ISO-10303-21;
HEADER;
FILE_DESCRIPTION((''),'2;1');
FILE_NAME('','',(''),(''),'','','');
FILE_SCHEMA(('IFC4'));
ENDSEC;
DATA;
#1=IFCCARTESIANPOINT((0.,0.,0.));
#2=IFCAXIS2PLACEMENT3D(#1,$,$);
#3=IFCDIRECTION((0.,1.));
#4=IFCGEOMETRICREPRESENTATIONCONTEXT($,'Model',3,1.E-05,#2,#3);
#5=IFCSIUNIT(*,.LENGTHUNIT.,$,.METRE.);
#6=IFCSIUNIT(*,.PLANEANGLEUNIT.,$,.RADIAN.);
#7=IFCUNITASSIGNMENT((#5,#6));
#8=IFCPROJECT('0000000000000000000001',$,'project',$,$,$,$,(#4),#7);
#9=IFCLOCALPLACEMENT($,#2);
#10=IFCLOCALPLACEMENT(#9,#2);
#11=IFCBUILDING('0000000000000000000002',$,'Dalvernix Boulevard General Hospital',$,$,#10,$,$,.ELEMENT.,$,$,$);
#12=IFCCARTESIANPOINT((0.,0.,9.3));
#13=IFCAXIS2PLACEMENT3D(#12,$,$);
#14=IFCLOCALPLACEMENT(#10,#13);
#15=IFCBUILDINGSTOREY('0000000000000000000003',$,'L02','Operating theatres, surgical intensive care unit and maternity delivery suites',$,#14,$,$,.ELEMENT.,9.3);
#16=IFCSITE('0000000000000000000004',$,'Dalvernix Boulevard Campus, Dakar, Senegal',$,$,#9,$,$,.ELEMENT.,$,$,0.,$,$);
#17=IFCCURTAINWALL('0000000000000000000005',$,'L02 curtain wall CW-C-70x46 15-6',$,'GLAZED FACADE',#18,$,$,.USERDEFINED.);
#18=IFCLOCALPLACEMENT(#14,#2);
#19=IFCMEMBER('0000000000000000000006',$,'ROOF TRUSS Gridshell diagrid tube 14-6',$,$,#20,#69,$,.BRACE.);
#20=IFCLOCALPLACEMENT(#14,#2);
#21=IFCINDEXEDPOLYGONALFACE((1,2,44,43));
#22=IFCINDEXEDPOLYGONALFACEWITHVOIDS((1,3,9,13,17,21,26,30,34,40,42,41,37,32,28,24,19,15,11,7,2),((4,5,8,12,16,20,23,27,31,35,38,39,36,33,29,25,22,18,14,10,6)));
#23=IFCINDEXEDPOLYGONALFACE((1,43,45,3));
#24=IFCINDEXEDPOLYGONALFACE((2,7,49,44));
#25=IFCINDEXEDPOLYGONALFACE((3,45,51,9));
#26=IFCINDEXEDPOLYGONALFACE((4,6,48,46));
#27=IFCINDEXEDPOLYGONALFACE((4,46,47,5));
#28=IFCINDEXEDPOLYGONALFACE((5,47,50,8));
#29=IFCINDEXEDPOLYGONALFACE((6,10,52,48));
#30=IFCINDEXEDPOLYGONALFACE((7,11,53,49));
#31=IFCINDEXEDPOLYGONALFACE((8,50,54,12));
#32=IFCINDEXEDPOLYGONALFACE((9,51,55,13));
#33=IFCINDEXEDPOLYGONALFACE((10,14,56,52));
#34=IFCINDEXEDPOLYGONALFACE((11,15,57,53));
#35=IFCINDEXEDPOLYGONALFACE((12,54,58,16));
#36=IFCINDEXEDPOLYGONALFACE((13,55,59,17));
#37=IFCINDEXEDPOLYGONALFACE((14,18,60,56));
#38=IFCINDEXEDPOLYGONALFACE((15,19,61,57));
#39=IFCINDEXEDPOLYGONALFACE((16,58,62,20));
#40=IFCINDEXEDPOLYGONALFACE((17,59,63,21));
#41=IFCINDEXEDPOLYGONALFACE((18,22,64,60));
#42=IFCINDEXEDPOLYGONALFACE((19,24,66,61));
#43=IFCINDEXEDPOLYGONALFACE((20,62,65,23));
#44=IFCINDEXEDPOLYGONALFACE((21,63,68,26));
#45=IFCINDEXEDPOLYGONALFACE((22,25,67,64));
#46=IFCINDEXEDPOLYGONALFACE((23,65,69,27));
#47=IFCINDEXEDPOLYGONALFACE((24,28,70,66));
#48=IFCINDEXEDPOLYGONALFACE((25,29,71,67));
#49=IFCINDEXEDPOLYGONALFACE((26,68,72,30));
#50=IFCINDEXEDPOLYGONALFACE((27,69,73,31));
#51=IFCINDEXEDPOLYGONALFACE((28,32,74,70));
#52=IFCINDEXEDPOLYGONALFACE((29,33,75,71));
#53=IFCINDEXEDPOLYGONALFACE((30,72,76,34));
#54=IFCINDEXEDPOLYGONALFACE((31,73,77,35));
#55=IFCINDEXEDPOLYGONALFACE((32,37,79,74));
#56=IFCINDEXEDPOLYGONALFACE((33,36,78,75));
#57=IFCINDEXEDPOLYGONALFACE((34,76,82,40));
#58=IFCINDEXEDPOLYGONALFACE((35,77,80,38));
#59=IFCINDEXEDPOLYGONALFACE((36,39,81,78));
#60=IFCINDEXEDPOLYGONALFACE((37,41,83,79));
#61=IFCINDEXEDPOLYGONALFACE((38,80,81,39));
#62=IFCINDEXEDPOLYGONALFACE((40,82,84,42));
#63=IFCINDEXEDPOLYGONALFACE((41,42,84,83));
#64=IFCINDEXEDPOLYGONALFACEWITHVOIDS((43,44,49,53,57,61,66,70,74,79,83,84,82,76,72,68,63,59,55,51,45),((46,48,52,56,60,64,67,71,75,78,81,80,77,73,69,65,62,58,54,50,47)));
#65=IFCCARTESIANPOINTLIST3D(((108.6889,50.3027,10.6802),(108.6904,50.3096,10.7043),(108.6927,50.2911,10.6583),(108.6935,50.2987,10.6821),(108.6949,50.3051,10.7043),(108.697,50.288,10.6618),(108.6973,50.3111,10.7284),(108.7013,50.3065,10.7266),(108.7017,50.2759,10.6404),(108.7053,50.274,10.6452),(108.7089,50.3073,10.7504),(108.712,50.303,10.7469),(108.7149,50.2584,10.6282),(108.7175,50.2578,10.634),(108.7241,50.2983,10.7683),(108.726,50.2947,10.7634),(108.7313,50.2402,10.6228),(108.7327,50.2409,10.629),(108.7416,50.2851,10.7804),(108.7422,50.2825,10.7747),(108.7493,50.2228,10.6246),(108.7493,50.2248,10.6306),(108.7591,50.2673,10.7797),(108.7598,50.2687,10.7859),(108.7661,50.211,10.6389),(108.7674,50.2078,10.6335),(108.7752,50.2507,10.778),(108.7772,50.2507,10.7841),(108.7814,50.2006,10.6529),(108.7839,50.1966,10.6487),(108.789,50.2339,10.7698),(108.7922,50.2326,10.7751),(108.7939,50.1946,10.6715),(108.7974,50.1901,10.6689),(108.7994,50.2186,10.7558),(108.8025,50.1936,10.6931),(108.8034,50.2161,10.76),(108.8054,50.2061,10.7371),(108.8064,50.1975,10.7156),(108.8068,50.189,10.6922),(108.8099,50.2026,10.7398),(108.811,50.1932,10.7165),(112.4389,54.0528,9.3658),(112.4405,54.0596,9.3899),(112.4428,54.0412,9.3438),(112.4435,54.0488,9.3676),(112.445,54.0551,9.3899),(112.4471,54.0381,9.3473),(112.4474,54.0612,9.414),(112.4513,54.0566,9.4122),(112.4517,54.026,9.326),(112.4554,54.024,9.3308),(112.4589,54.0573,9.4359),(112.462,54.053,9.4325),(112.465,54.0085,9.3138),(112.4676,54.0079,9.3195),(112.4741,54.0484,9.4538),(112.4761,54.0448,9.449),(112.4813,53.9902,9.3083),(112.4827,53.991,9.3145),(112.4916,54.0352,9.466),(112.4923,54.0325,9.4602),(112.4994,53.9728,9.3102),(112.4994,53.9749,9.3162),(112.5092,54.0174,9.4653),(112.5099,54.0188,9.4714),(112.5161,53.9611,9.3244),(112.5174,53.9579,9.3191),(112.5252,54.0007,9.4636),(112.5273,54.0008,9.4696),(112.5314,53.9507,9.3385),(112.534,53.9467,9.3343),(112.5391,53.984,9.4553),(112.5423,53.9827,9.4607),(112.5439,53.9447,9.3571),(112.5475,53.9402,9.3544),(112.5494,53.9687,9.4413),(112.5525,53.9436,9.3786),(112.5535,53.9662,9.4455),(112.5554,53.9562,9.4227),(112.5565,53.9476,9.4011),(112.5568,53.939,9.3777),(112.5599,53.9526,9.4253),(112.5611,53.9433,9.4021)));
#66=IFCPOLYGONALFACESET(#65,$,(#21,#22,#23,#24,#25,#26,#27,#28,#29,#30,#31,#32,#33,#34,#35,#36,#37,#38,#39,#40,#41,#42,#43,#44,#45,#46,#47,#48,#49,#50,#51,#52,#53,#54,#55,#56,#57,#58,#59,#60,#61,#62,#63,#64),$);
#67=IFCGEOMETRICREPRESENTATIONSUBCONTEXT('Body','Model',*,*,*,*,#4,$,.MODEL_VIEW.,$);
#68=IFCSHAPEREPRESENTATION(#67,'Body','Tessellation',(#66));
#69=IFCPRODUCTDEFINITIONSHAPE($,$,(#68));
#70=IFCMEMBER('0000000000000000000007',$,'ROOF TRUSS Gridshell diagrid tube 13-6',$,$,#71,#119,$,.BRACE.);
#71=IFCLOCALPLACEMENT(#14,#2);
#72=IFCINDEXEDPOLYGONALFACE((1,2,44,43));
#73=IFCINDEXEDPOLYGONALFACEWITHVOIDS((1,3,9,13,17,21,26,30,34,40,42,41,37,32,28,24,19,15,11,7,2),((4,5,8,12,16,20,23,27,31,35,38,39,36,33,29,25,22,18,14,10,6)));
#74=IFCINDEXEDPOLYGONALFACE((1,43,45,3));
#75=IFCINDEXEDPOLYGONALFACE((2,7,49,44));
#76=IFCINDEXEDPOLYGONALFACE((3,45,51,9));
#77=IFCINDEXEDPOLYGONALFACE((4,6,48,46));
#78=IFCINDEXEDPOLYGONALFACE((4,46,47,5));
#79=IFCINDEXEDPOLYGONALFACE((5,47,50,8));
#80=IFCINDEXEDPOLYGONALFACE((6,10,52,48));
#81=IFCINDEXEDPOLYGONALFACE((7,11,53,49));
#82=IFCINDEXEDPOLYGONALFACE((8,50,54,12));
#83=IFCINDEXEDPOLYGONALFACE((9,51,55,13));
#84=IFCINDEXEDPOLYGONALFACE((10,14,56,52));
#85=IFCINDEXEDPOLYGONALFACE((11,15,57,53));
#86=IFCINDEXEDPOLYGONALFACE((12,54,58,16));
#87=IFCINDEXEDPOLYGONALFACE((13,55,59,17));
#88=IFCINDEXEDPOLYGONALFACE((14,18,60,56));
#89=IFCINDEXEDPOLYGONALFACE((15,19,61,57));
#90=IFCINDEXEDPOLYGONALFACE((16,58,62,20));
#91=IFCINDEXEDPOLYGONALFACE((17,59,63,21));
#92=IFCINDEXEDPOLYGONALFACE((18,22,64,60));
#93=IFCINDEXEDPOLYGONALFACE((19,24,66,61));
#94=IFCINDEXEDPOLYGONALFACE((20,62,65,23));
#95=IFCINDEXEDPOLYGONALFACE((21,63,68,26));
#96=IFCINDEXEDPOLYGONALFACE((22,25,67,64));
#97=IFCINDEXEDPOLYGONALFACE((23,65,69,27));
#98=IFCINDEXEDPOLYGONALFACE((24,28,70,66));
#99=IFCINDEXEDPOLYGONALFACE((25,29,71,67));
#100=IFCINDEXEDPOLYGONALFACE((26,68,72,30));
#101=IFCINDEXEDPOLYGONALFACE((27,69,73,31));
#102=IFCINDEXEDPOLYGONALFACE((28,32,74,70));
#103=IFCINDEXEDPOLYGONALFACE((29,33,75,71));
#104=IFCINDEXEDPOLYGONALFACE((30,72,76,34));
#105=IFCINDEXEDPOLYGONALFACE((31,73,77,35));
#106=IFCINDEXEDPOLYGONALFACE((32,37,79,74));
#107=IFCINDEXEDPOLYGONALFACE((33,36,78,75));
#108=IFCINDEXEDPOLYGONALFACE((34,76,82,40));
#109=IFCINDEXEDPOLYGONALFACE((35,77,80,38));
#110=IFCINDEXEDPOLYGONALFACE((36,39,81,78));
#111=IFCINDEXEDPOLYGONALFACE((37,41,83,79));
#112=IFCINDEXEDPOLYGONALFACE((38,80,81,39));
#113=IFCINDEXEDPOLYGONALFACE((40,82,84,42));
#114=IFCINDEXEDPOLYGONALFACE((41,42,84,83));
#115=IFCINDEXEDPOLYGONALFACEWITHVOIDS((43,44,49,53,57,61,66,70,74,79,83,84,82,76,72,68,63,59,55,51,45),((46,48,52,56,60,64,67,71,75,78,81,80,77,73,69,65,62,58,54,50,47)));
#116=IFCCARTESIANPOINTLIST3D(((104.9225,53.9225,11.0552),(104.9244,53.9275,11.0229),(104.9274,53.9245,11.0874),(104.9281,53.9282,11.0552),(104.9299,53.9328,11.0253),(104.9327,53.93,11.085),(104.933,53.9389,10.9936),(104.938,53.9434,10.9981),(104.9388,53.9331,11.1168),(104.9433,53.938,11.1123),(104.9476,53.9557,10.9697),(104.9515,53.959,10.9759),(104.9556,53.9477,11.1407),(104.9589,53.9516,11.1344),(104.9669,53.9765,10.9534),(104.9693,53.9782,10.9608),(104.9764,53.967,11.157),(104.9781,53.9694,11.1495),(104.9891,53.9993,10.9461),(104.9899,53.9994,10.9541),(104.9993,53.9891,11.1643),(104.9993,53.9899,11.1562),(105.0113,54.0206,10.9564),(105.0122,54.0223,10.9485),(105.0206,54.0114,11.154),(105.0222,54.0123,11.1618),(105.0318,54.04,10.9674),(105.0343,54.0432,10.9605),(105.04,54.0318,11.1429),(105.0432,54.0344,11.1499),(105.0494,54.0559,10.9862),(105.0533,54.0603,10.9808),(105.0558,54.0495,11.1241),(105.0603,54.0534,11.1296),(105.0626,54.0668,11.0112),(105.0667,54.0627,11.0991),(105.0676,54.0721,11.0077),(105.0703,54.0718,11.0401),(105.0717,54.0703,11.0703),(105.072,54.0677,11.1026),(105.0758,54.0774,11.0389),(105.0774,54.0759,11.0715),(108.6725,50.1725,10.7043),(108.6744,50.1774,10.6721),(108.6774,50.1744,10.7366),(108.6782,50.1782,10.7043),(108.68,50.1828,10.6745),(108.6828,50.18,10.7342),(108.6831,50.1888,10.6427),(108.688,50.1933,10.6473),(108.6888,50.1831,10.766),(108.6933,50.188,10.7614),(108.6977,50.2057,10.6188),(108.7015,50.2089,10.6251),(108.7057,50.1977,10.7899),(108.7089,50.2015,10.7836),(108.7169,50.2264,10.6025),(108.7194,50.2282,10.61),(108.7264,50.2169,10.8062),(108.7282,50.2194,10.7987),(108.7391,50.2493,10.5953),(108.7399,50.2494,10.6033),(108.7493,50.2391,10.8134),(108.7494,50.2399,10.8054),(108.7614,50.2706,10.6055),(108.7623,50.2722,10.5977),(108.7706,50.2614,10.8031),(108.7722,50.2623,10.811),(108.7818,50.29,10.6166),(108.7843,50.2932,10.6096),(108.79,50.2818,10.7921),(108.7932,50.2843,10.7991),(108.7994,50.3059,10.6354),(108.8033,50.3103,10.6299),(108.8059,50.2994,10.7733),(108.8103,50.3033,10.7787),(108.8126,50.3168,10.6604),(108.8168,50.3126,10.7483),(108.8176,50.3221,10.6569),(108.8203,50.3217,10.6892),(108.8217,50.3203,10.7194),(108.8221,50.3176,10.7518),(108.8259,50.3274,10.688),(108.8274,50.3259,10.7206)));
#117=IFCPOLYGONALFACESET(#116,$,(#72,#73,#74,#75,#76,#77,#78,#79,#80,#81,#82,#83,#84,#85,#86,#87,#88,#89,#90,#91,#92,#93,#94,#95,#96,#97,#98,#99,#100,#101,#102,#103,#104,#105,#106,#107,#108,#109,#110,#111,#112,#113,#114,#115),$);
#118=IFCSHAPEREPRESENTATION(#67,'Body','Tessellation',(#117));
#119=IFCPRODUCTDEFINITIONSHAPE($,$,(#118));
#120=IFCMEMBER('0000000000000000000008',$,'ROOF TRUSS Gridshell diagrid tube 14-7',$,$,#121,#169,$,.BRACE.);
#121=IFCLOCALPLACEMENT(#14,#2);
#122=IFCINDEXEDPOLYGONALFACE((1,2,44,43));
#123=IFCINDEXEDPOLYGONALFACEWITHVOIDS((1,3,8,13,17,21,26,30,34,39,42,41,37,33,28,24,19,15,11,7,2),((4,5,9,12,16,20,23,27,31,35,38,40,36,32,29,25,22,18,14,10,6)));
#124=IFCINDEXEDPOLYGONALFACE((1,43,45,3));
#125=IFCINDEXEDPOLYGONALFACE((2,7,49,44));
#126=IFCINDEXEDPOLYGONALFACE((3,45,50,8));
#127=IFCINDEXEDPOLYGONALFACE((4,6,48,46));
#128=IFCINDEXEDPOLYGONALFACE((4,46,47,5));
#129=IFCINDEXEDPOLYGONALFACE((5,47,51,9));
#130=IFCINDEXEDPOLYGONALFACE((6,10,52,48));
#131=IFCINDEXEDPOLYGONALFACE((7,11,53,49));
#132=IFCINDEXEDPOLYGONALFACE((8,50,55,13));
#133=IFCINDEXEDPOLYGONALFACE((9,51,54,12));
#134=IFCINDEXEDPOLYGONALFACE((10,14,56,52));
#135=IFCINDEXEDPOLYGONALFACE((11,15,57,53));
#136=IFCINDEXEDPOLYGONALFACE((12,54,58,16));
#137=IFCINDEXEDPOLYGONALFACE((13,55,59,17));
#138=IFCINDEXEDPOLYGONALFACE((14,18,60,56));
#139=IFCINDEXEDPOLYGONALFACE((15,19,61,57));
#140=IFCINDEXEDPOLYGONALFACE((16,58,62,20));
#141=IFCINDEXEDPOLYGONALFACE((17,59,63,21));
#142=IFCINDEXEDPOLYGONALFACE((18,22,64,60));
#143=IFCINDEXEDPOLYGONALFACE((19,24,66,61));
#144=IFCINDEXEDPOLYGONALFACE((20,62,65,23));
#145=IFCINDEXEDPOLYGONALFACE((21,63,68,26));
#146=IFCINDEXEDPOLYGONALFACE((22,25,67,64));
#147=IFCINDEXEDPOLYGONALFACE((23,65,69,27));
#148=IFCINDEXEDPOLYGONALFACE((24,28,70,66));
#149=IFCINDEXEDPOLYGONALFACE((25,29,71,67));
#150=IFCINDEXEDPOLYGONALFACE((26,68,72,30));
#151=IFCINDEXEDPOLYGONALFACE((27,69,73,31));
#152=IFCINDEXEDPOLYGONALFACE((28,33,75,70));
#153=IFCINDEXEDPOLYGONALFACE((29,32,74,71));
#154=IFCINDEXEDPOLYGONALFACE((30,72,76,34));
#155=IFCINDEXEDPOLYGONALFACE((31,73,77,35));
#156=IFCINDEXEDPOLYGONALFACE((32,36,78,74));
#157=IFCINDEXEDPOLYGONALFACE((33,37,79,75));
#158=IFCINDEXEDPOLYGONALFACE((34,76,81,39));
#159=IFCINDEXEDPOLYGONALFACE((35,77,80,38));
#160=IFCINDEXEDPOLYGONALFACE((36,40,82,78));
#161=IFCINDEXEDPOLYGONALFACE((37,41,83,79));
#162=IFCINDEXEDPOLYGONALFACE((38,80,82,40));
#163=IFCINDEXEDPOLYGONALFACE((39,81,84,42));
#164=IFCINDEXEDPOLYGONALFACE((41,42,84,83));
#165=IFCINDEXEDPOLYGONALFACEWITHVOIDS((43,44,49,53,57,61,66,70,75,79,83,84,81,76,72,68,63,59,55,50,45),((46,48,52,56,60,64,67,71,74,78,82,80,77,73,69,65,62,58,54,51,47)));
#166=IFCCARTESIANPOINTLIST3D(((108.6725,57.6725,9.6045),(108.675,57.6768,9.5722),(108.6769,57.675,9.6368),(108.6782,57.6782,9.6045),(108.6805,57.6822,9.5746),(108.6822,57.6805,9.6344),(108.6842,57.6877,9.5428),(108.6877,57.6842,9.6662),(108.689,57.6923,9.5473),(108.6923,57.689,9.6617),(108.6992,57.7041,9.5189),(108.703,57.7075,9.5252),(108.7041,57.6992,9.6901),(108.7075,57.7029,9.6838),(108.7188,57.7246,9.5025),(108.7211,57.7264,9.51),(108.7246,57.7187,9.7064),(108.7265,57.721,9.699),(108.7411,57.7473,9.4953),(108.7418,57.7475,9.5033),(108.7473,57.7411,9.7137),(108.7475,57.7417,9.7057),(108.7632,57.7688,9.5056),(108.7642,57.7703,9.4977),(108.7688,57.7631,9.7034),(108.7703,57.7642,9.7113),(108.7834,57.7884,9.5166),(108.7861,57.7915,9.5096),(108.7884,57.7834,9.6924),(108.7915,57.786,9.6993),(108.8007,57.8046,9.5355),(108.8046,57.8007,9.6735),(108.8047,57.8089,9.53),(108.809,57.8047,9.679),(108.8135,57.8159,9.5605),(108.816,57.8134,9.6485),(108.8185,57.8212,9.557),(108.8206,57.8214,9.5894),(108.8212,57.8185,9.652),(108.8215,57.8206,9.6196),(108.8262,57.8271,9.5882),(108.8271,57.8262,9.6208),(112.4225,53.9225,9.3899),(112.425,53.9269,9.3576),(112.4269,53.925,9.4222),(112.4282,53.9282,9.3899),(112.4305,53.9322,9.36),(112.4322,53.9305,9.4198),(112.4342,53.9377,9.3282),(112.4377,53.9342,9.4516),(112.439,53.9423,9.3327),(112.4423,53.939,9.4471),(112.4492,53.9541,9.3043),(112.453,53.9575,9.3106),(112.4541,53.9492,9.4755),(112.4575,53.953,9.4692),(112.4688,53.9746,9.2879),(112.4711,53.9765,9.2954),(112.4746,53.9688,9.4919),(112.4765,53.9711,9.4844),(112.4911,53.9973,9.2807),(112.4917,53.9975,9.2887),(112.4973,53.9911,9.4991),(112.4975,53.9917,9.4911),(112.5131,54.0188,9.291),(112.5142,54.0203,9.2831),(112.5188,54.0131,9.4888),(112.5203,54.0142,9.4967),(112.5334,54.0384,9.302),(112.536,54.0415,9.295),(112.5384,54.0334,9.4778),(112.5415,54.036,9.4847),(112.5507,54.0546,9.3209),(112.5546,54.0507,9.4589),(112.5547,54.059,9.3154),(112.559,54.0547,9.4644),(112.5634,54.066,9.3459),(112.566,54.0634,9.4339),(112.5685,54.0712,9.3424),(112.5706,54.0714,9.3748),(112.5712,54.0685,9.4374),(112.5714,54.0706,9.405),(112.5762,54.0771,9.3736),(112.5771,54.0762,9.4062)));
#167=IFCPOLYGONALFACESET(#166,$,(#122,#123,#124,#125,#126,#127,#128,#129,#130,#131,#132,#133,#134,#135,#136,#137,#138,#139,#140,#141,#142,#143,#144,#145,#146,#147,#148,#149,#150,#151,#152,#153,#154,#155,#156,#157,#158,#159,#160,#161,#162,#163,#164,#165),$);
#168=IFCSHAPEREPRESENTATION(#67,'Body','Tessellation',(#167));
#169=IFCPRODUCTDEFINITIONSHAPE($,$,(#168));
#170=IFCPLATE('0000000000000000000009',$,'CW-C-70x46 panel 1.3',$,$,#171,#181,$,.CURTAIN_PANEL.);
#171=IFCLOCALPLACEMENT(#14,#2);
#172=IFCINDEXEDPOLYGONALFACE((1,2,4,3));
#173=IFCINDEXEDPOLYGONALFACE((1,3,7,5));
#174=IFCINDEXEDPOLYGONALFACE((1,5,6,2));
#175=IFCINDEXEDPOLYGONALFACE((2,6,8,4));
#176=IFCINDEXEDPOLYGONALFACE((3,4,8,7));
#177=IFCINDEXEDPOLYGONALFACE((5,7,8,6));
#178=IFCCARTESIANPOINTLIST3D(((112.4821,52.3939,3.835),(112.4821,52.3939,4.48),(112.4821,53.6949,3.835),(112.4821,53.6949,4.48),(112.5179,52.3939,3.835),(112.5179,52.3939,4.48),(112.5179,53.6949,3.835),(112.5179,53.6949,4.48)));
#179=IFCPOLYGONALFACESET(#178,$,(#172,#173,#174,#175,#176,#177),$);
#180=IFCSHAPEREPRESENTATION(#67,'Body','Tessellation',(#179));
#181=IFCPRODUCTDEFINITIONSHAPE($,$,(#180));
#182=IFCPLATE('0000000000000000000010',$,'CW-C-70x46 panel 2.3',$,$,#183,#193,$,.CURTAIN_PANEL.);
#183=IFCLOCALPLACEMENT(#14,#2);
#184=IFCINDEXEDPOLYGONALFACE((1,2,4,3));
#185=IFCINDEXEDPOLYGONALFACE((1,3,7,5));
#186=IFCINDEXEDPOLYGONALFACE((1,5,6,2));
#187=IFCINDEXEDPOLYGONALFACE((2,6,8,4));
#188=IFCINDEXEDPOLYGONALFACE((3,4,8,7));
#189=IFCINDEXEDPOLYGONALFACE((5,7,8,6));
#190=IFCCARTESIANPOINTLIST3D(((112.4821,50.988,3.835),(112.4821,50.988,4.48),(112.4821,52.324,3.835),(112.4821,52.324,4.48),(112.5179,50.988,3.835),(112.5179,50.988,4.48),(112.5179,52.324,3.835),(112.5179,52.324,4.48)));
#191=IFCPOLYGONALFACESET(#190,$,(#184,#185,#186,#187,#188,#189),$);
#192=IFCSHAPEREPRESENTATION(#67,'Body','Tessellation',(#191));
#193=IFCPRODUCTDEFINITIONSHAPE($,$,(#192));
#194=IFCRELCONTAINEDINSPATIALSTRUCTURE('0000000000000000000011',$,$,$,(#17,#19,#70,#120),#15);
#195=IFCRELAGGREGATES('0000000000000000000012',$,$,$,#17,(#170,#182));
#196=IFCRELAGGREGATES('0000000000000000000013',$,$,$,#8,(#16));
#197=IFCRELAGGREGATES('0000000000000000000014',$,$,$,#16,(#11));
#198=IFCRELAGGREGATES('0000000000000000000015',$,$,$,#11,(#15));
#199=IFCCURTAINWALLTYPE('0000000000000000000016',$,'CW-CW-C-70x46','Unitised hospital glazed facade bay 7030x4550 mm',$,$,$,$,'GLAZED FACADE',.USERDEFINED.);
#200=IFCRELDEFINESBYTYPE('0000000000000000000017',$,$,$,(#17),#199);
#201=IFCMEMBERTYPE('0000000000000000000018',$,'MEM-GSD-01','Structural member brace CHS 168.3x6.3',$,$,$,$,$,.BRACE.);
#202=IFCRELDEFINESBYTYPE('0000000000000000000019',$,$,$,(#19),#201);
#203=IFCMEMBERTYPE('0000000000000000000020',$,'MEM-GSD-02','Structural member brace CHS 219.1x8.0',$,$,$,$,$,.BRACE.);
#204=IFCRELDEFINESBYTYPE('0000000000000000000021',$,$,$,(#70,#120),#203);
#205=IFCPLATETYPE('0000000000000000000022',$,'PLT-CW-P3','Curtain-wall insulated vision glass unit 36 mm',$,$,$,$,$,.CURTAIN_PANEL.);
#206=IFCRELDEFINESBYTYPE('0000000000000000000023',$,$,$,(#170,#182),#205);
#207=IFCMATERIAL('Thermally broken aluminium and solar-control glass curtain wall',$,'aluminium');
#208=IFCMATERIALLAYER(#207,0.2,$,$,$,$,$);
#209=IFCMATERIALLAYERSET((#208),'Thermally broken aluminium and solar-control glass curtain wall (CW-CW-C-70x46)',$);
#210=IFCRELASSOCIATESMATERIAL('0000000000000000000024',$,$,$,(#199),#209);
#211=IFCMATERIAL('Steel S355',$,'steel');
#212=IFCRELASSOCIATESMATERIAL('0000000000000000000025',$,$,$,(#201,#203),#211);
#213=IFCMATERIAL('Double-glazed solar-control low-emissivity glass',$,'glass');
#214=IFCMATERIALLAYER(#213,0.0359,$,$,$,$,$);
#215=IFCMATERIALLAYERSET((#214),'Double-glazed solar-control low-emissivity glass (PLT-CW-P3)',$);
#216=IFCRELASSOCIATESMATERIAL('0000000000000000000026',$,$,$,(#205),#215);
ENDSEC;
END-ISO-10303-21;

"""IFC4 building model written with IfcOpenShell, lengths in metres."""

from ifc_helpers import new_model, si_unit, direction, frame, origin, origin_2d, place, context, subcontext, project, spatial, rectangle, hollow_circle, extrude, material, layer, layer_set, material_profile, profile_set, type_object, element, aggregate, save


model = new_model("IFC4")

# Units and contexts
model_context = context("Model", 3, precision=1e-05, world=origin(), true_north=direction((0.0, 1.0)))
body_context = subcontext(model_context, "Body", "Model", "MODEL_VIEW")
ifc_project = project(units=[si_unit("LENGTHUNIT", "METRE"), si_unit("PLANEANGLEUNIT", "RADIAN")], contexts=[model_context])

# Site, building, storey
site_placement = place(None, origin())
site = spatial("IfcSite", under=ifc_project, at=site_placement, Name="Dalvernix Boulevard Campus, Dakar, Senegal", CompositionType="ELEMENT", RefElevation=0.0)
building_placement = place(site_placement, origin())
building = spatial("IfcBuilding", under=site, at=building_placement, Name="Dalvernix Boulevard General Hospital", CompositionType="ELEMENT")
storey_placement = place(building_placement, frame((0.0, 0.0, 9.3)))
storey = spatial("IfcBuildingStorey", under=building, at=storey_placement, Name="L02", Description="Operating theatres, surgical intensive care unit and maternity delivery suites", CompositionType="ELEMENT", Elevation=9.3)

# Shared definitions
ifc_material_1 = material(Name="Steel S355", Category="steel")

# Curtain wall
ifc_material_2 = material(Name="Thermally broken aluminium and solar-control glass curtain wall", Category="aluminium")
ifc_layer_1 = layer(ifc_material_2, 0.2)
ifc_layer_set_1 = layer_set([ifc_layer_1], Name="Thermally broken aluminium and solar-control glass curtain wall (CW-CW-C-70x46)")
curtain_wall_type = type_object("IfcCurtainWallType", Name="CW-CW-C-70x46", Description="Unitised hospital glazed facade bay 7030x4550 mm", ElementType="GLAZED FACADE", PredefinedType="USERDEFINED", material=ifc_layer_set_1)
curtain_wall_placement = place(storey_placement, origin())
curtain_wall = element("IfcCurtainWall", 1, at=curtain_wall_placement, inside=storey, type_object=curtain_wall_type, Name="L02 curtain wall CW-C-70x46 15-6", ObjectType="GLAZED FACADE", PredefinedType="USERDEFINED")

# Members
ifc_material_profile_1 = material_profile(ifc_material_1, hollow_circle(Radius=0.0842, WallThickness=0.0063, at=origin_2d()), Name="CHS 168.3x6.3")
ifc_profile_set_1 = profile_set([ifc_material_profile_1], Name="Steel S355")
member_type_1 = type_object("IfcMemberType", Name="MEM-GSD-01", Description="Structural member brace CHS 168.3x6.3", PredefinedType="BRACE", material=ifc_profile_set_1)
member_1_placement = place(storey_placement, frame((108.75, 50.25, 10.7043), z_axis=(0.686339, 0.686339, -0.240576), x_axis=(-0.707107, 0.707107, 0.0)))
element("IfcMember", 2, at=member_1_placement, inside=storey, type_object=member_type_1, Name="ROOF TRUSS Gridshell diagrid tube 14-6", PredefinedType="BRACE", context=body_context, shape_type="SweptSolid", body=[
    extrude(hollow_circle(Radius=0.0842, WallThickness=0.0063, at=origin_2d()), origin(), (0.0, 0.0, 1.0), 5.4639),
])
ifc_material_profile_2 = material_profile(ifc_material_1, hollow_circle(Radius=0.1096, WallThickness=0.0081, at=origin_2d()), Name="CHS 219.1x8.0")
ifc_profile_set_2 = profile_set([ifc_material_profile_2], Name="Steel S355")
member_type_2 = type_object("IfcMemberType", Name="MEM-GSD-02", Description="Structural member brace CHS 219.1x8.0", PredefinedType="BRACE", material=ifc_profile_set_2)
member_2_placement = place(storey_placement, frame((108.75, 50.25, 10.7043), z_axis=(-0.705565, 0.705565, 0.066009), x_axis=(-0.707107, -0.707107, 0.0)))
element("IfcMember", 3, at=member_2_placement, inside=storey, type_object=member_type_2, Name="ROOF TRUSS Gridshell diagrid tube 13-6", PredefinedType="BRACE", context=body_context, shape_type="SweptSolid", body=[
    extrude(hollow_circle(Radius=0.1096, WallThickness=0.0081, at=origin_2d()), origin(), (0.0, 0.0, 1.0), 5.3149),
])
member_3_placement = place(storey_placement, frame((112.5, 54.0, 9.3899), z_axis=(-0.706529, 0.706529, 0.040432), x_axis=(-0.707107, -0.707107, 0.0)))
element("IfcMember", 4, at=member_3_placement, inside=storey, type_object=member_type_2, Name="ROOF TRUSS Gridshell diagrid tube 14-7", PredefinedType="BRACE", context=body_context, shape_type="SweptSolid", body=[
    extrude(hollow_circle(Radius=0.1096, WallThickness=0.0081, at=origin_2d()), origin(), (0.0, 0.0, 1.0), 5.3076),
])

# Plates
ifc_material_3 = material(Name="Double-glazed solar-control low-emissivity glass", Category="glass")
ifc_layer_2 = layer(ifc_material_3, 0.0359)
ifc_layer_set_2 = layer_set([ifc_layer_2], Name="Double-glazed solar-control low-emissivity glass (PLT-CW-P3)")
plate_type_1 = type_object("IfcPlateType", Name="PLT-CW-P3", Description="Curtain-wall insulated vision glass unit 36 mm", PredefinedType="CURTAIN_PANEL", material=ifc_layer_set_2)
plate_1_placement = place(storey_placement, frame((112.5, 53.0444, 3.835), z_axis=(0.0, 0.0, 1.0), x_axis=(0.0, -1.0, 0.0)))
plate_1 = element("IfcPlate", 5, at=plate_1_placement, type_object=plate_type_1, Name="CW-C-70x46 panel 1.3", PredefinedType="CURTAIN_PANEL", context=body_context, shape_type="SweptSolid", body=[
    extrude(rectangle(XDim=1.301, YDim=0.0359, at=origin_2d()), origin(), (0.0, 0.0, 1.0), 0.645),
])
plate_2_placement = place(storey_placement, frame((112.5, 51.656, 3.835), z_axis=(0.0, 0.0, 1.0), x_axis=(0.0, -1.0, 0.0)))
plate_2 = element("IfcPlate", 6, at=plate_2_placement, type_object=plate_type_1, Name="CW-C-70x46 panel 2.3", PredefinedType="CURTAIN_PANEL", context=body_context, shape_type="SweptSolid", body=[
    extrude(rectangle(XDim=1.3359, YDim=0.0359, at=origin_2d()), origin(), (0.0, 0.0, 1.0), 0.645),
])
aggregate(curtain_wall, [plate_1, plate_2])

save(model, "model.ifc")
